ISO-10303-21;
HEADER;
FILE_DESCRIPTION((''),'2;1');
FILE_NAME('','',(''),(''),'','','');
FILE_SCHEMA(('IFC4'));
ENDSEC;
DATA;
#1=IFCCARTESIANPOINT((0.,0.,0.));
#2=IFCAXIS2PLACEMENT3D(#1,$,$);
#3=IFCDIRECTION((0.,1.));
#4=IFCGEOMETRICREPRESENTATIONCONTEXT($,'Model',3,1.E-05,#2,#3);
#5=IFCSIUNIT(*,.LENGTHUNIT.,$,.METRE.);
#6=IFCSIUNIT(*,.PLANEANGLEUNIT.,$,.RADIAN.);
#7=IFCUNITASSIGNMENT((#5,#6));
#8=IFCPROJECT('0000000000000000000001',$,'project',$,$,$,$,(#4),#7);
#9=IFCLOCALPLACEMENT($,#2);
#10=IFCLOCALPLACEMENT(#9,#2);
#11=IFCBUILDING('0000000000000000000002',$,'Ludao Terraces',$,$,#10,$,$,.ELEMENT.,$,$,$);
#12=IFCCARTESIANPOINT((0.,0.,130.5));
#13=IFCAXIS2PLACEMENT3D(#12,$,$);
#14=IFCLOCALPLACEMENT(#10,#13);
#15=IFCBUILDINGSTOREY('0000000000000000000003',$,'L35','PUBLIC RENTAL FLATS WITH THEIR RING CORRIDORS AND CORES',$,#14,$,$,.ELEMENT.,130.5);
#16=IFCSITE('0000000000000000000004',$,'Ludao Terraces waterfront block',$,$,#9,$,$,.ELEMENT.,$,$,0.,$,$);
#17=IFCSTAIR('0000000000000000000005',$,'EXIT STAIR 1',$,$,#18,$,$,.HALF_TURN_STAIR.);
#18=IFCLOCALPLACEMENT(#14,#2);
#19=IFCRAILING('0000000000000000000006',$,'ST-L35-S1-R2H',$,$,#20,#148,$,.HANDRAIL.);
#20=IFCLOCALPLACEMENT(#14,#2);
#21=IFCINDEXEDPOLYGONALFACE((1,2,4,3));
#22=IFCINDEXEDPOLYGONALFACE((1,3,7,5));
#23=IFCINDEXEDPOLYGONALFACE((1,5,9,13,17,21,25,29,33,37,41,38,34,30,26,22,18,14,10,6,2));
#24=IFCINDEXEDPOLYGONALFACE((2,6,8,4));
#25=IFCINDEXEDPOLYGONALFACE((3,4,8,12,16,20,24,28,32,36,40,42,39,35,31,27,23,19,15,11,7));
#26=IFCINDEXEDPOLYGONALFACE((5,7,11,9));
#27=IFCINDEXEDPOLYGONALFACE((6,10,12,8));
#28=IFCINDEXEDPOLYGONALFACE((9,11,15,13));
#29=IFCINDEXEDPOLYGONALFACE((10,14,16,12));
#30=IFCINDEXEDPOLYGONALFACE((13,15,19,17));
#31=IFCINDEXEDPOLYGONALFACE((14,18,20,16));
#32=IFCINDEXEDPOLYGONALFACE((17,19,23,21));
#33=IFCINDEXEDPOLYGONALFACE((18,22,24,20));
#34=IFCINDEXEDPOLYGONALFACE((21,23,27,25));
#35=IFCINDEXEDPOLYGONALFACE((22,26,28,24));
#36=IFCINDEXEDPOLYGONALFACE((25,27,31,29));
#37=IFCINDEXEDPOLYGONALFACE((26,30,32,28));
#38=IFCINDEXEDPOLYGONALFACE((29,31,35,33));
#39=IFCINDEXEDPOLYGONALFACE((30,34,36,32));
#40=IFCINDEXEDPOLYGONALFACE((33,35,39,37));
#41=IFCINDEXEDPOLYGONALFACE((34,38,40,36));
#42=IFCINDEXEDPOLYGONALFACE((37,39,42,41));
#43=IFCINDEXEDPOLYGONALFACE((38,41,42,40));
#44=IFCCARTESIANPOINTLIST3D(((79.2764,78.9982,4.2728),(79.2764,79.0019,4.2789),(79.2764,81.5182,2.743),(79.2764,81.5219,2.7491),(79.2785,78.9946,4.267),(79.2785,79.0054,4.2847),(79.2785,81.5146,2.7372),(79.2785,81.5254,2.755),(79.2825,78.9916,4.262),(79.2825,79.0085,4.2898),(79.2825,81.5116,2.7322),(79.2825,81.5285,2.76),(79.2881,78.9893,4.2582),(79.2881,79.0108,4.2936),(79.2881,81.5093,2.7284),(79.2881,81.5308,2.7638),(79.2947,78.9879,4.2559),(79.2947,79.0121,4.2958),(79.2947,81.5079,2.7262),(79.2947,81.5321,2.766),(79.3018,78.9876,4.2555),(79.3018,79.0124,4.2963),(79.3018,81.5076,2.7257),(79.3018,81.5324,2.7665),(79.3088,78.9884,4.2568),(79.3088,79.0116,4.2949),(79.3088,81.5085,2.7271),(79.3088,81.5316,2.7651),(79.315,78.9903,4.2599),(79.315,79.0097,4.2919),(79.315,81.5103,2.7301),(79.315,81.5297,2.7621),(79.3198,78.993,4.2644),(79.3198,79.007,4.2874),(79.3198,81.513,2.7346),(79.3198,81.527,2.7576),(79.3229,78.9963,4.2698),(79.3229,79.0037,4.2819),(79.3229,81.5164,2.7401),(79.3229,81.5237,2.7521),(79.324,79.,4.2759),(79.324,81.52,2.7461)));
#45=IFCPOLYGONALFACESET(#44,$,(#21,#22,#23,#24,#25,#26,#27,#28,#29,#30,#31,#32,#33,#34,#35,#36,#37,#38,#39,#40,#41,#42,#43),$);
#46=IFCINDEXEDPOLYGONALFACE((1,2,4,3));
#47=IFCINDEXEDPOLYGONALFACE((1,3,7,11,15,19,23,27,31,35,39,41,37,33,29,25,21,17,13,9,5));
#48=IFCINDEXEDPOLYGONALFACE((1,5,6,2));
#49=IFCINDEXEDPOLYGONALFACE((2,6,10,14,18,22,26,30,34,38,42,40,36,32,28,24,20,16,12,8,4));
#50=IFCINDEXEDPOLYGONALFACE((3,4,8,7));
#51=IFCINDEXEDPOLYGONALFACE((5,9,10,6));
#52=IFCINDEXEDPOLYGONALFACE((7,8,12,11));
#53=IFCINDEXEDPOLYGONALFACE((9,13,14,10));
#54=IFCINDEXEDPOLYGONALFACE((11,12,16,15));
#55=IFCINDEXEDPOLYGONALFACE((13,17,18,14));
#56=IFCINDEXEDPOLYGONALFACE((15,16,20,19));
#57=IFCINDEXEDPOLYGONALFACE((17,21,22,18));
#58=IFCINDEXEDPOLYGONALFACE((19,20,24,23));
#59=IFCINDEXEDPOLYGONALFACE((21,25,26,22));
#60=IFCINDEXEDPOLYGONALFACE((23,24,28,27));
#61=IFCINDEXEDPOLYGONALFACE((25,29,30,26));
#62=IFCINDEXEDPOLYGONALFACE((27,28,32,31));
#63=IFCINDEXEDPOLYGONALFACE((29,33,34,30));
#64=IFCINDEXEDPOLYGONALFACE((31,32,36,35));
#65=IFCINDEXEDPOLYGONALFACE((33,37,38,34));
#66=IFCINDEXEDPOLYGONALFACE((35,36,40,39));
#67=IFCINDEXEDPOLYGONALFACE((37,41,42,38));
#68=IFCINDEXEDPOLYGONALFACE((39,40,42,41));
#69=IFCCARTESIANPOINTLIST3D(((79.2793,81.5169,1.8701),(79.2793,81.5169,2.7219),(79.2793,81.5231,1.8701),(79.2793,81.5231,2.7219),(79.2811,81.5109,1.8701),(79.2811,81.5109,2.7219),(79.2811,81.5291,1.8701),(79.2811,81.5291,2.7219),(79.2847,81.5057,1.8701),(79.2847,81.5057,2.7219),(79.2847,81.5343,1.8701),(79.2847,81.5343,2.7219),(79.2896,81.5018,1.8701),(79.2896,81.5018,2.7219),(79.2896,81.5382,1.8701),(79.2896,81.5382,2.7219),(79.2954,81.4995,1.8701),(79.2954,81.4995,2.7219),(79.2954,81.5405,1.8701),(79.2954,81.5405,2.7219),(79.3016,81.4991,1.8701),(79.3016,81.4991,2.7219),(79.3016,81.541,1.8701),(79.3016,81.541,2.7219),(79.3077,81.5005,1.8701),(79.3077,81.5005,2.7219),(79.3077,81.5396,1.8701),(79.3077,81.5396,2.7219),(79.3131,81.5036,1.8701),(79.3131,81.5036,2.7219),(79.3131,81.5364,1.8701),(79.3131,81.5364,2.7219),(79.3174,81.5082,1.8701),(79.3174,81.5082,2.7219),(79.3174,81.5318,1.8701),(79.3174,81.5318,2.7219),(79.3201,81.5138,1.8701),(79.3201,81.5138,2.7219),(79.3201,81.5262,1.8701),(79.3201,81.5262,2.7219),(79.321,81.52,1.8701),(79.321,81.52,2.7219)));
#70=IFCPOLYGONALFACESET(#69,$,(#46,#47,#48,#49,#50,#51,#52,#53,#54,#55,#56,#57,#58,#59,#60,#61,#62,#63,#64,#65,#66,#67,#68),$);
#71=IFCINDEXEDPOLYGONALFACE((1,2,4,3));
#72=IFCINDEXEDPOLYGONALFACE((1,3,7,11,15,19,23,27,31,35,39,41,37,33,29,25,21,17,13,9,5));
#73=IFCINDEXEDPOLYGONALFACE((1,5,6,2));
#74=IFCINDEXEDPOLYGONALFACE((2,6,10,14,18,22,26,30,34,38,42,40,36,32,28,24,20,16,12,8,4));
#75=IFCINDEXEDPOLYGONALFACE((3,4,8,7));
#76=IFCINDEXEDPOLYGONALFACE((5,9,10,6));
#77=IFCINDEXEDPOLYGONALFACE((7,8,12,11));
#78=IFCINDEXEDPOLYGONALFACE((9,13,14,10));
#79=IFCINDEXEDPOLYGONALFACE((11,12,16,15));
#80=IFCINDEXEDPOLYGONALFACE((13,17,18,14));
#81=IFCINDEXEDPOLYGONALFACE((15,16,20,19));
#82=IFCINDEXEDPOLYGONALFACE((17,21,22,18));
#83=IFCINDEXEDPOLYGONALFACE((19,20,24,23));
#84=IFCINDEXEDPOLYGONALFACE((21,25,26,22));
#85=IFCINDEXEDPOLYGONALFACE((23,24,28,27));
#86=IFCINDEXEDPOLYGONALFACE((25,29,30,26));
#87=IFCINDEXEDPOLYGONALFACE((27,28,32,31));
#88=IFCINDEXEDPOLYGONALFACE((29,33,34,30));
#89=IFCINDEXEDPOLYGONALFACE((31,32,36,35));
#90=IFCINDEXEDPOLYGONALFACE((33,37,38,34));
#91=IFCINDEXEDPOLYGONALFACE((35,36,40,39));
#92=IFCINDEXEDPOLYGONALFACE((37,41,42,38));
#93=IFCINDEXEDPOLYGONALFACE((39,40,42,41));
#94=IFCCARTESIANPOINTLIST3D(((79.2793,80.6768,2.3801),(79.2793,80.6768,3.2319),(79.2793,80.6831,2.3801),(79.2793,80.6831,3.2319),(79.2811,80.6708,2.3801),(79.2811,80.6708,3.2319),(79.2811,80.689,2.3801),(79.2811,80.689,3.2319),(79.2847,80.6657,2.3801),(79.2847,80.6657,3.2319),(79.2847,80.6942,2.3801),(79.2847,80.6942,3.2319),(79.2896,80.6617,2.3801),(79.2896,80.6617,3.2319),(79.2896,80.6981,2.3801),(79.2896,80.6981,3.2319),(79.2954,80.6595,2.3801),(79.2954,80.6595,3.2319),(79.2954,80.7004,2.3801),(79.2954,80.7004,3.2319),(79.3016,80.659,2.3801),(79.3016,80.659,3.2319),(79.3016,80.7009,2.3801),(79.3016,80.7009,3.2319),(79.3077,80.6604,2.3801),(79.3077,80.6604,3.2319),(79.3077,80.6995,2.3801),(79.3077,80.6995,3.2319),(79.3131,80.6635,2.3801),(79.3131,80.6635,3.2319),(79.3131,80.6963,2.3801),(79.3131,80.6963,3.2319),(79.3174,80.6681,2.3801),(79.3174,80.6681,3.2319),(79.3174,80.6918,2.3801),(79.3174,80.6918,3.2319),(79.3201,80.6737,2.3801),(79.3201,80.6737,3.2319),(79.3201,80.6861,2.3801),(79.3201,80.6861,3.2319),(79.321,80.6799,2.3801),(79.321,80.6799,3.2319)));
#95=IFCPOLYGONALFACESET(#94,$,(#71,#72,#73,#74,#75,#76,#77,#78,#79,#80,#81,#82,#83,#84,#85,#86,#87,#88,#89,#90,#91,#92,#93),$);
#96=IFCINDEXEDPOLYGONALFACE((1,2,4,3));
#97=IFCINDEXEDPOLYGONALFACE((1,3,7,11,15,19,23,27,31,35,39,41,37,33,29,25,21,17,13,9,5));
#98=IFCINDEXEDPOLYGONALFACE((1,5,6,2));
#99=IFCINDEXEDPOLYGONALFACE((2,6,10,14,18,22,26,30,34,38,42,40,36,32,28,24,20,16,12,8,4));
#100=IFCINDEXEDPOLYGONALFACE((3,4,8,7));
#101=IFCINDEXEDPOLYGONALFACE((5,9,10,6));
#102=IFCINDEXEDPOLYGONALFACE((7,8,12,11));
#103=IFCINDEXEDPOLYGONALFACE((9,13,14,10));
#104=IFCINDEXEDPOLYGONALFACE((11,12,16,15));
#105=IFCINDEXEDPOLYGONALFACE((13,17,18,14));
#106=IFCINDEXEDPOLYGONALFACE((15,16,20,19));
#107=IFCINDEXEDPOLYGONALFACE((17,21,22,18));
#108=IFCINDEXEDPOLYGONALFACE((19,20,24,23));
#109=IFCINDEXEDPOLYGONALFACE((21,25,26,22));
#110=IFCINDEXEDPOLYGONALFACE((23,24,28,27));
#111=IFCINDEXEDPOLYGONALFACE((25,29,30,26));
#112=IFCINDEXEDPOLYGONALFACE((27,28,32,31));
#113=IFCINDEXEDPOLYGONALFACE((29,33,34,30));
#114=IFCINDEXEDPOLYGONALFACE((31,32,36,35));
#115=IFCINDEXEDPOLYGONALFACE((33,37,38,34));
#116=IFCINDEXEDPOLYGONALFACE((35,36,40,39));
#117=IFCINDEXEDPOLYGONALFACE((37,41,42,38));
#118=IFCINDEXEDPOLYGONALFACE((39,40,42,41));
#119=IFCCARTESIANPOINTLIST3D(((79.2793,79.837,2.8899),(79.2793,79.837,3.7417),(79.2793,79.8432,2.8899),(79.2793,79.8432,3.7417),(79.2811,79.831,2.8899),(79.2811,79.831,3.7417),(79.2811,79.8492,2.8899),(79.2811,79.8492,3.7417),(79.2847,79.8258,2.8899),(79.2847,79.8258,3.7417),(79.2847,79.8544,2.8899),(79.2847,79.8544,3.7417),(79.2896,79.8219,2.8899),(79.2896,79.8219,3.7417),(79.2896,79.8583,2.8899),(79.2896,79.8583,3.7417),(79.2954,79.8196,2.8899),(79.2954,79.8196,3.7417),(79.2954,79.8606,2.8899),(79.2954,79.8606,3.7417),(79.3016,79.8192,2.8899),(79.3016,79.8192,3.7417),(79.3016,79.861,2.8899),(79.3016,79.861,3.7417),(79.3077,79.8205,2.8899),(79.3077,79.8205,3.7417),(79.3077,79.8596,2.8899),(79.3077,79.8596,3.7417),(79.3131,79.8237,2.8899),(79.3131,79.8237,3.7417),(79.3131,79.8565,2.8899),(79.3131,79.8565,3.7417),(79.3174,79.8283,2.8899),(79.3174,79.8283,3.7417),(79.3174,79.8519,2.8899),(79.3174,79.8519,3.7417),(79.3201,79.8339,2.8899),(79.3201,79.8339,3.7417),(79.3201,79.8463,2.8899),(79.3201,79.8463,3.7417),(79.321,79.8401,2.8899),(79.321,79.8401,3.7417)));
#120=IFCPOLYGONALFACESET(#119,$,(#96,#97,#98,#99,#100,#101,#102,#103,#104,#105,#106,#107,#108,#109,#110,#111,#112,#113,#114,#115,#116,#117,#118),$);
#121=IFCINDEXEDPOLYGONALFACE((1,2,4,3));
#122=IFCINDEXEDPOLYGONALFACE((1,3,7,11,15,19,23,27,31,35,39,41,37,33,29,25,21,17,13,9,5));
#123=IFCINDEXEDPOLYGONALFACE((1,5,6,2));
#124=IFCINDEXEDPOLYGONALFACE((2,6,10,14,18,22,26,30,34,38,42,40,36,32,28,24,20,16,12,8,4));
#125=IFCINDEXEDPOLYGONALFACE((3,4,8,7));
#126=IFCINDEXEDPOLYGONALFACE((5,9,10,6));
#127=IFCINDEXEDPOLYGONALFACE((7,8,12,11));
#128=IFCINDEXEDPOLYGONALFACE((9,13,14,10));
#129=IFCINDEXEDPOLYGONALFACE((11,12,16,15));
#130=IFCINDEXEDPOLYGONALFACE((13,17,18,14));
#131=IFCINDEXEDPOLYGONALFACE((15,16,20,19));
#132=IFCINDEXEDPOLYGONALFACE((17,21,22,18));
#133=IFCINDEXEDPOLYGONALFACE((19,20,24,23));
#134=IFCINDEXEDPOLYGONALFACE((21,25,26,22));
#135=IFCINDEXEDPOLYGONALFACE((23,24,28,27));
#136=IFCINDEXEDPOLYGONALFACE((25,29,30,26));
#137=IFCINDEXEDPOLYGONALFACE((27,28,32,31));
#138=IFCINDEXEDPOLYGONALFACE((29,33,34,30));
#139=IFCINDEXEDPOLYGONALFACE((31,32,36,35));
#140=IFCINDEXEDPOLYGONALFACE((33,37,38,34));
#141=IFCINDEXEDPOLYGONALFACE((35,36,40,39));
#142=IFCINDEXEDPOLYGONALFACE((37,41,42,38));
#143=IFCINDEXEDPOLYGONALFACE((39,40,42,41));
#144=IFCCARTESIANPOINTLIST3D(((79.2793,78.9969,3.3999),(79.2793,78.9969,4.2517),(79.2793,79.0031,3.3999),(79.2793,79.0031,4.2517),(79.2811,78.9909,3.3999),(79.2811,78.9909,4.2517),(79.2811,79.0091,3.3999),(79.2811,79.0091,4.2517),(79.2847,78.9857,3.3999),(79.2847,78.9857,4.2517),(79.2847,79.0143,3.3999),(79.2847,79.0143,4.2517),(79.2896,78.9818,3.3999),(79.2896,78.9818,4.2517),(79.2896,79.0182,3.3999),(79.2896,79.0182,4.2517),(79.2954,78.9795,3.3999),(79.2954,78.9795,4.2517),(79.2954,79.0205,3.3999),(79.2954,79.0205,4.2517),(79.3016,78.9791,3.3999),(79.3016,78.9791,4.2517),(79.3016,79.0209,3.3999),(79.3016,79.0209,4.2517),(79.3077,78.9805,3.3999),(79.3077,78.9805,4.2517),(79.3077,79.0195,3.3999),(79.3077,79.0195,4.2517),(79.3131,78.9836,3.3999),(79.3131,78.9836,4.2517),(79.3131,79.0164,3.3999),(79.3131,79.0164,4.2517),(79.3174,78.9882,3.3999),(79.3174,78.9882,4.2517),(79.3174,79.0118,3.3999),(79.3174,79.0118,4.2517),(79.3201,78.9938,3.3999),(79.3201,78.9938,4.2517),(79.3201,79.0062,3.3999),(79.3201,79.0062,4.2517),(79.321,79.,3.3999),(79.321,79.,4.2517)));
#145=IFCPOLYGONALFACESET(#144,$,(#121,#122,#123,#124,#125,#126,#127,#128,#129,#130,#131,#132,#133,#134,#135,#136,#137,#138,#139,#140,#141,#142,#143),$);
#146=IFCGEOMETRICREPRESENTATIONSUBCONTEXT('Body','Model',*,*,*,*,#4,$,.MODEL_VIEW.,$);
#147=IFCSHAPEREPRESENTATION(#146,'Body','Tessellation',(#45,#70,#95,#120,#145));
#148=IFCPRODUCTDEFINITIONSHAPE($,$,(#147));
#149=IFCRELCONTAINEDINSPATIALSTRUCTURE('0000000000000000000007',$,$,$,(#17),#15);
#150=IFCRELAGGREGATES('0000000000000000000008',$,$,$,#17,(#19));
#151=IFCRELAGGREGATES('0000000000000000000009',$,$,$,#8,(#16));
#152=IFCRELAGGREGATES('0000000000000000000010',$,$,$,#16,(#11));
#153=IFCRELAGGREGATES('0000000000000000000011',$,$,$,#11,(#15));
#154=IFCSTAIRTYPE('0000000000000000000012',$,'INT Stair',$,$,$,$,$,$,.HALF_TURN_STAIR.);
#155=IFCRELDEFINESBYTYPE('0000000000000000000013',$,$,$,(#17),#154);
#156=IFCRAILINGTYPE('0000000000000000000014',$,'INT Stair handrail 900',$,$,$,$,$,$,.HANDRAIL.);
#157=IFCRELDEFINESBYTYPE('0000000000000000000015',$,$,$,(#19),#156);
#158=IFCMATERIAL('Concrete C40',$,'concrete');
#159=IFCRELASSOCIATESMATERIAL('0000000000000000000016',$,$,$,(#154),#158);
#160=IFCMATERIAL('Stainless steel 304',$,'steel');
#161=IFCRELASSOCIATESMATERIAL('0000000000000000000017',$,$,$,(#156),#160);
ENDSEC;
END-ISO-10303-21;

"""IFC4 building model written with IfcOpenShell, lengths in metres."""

from ifc_helpers import new_model, si_unit, direction, frame, origin, origin_2d, place, context, subcontext, project, spatial, circle, extrude, material, type_object, element, aggregate, save


model = new_model("IFC4")

# Units and contexts
model_context = context("Model", 3, precision=1e-05, world=origin(), true_north=direction((0.0, 1.0)))
body_context = subcontext(model_context, "Body", "Model", "MODEL_VIEW")
ifc_project = project(units=[si_unit("LENGTHUNIT", "METRE"), si_unit("PLANEANGLEUNIT", "RADIAN")], contexts=[model_context])

# Site, building, storey
site_placement = place(None, origin())
site = spatial("IfcSite", under=ifc_project, at=site_placement, Name="Ludao Terraces waterfront block", CompositionType="ELEMENT", RefElevation=0.0)
building_placement = place(site_placement, origin())
building = spatial("IfcBuilding", under=site, at=building_placement, Name="Ludao Terraces", CompositionType="ELEMENT")
storey_placement = place(building_placement, frame((0.0, 0.0, 130.5)))
storey = spatial("IfcBuildingStorey", under=building, at=storey_placement, Name="L35", Description="PUBLIC RENTAL FLATS WITH THEIR RING CORRIDORS AND CORES", CompositionType="ELEMENT", Elevation=130.5)

# Shared definitions
ifc_material_1 = material(Name="Stainless steel 304", Category="steel")

# Stair, railing
ifc_material_2 = material(Name="Concrete C40", Category="concrete")
stair_type = type_object("IfcStairType", Name="INT Stair", PredefinedType="HALF_TURN_STAIR", material=ifc_material_2)
stair_placement = place(storey_placement, origin())
stair = element("IfcStair", 1, at=stair_placement, inside=storey, type_object=stair_type, Name="EXIT STAIR 1", PredefinedType="HALF_TURN_STAIR")
railing_type_1 = type_object("IfcRailingType", Name="INT Stair handrail 900", PredefinedType="HANDRAIL", material=ifc_material_1)
railing_1_placement = place(storey_placement, frame((79.3, 81.52, 1.8701)))
railing_1 = element("IfcRailing", 2, at=railing_1_placement, type_object=railing_type_1, Name="ST-L35-S1-R2H", PredefinedType="HANDRAIL", context=body_context, shape_type="SweptSolid", body=[
    extrude(circle(Radius=0.0239, at=origin_2d()), frame((0.0, 0.0, 0.876), z_axis=(0.0, -0.854822, 0.518922), x_axis=(1.0, 0.0, 0.0)), (0.0, 0.0, 1.0), 2.948),
    extrude(circle(Radius=0.021, at=origin_2d()), origin(), (0.0, 0.0, 1.0), 0.8518),
    extrude(circle(Radius=0.021, at=origin_2d()), frame((0.0, -0.8401, 0.51)), (0.0, 0.0, 1.0), 0.8518),
    extrude(circle(Radius=0.021, at=origin_2d()), frame((0.0, -1.6799, 1.0198)), (0.0, 0.0, 1.0), 0.8518),
    extrude(circle(Radius=0.021, at=origin_2d()), frame((0.0, -2.52, 1.5298)), (0.0, 0.0, 1.0), 0.8518),
])
aggregate(stair, [railing_1])

save(model, "model.ifc")
